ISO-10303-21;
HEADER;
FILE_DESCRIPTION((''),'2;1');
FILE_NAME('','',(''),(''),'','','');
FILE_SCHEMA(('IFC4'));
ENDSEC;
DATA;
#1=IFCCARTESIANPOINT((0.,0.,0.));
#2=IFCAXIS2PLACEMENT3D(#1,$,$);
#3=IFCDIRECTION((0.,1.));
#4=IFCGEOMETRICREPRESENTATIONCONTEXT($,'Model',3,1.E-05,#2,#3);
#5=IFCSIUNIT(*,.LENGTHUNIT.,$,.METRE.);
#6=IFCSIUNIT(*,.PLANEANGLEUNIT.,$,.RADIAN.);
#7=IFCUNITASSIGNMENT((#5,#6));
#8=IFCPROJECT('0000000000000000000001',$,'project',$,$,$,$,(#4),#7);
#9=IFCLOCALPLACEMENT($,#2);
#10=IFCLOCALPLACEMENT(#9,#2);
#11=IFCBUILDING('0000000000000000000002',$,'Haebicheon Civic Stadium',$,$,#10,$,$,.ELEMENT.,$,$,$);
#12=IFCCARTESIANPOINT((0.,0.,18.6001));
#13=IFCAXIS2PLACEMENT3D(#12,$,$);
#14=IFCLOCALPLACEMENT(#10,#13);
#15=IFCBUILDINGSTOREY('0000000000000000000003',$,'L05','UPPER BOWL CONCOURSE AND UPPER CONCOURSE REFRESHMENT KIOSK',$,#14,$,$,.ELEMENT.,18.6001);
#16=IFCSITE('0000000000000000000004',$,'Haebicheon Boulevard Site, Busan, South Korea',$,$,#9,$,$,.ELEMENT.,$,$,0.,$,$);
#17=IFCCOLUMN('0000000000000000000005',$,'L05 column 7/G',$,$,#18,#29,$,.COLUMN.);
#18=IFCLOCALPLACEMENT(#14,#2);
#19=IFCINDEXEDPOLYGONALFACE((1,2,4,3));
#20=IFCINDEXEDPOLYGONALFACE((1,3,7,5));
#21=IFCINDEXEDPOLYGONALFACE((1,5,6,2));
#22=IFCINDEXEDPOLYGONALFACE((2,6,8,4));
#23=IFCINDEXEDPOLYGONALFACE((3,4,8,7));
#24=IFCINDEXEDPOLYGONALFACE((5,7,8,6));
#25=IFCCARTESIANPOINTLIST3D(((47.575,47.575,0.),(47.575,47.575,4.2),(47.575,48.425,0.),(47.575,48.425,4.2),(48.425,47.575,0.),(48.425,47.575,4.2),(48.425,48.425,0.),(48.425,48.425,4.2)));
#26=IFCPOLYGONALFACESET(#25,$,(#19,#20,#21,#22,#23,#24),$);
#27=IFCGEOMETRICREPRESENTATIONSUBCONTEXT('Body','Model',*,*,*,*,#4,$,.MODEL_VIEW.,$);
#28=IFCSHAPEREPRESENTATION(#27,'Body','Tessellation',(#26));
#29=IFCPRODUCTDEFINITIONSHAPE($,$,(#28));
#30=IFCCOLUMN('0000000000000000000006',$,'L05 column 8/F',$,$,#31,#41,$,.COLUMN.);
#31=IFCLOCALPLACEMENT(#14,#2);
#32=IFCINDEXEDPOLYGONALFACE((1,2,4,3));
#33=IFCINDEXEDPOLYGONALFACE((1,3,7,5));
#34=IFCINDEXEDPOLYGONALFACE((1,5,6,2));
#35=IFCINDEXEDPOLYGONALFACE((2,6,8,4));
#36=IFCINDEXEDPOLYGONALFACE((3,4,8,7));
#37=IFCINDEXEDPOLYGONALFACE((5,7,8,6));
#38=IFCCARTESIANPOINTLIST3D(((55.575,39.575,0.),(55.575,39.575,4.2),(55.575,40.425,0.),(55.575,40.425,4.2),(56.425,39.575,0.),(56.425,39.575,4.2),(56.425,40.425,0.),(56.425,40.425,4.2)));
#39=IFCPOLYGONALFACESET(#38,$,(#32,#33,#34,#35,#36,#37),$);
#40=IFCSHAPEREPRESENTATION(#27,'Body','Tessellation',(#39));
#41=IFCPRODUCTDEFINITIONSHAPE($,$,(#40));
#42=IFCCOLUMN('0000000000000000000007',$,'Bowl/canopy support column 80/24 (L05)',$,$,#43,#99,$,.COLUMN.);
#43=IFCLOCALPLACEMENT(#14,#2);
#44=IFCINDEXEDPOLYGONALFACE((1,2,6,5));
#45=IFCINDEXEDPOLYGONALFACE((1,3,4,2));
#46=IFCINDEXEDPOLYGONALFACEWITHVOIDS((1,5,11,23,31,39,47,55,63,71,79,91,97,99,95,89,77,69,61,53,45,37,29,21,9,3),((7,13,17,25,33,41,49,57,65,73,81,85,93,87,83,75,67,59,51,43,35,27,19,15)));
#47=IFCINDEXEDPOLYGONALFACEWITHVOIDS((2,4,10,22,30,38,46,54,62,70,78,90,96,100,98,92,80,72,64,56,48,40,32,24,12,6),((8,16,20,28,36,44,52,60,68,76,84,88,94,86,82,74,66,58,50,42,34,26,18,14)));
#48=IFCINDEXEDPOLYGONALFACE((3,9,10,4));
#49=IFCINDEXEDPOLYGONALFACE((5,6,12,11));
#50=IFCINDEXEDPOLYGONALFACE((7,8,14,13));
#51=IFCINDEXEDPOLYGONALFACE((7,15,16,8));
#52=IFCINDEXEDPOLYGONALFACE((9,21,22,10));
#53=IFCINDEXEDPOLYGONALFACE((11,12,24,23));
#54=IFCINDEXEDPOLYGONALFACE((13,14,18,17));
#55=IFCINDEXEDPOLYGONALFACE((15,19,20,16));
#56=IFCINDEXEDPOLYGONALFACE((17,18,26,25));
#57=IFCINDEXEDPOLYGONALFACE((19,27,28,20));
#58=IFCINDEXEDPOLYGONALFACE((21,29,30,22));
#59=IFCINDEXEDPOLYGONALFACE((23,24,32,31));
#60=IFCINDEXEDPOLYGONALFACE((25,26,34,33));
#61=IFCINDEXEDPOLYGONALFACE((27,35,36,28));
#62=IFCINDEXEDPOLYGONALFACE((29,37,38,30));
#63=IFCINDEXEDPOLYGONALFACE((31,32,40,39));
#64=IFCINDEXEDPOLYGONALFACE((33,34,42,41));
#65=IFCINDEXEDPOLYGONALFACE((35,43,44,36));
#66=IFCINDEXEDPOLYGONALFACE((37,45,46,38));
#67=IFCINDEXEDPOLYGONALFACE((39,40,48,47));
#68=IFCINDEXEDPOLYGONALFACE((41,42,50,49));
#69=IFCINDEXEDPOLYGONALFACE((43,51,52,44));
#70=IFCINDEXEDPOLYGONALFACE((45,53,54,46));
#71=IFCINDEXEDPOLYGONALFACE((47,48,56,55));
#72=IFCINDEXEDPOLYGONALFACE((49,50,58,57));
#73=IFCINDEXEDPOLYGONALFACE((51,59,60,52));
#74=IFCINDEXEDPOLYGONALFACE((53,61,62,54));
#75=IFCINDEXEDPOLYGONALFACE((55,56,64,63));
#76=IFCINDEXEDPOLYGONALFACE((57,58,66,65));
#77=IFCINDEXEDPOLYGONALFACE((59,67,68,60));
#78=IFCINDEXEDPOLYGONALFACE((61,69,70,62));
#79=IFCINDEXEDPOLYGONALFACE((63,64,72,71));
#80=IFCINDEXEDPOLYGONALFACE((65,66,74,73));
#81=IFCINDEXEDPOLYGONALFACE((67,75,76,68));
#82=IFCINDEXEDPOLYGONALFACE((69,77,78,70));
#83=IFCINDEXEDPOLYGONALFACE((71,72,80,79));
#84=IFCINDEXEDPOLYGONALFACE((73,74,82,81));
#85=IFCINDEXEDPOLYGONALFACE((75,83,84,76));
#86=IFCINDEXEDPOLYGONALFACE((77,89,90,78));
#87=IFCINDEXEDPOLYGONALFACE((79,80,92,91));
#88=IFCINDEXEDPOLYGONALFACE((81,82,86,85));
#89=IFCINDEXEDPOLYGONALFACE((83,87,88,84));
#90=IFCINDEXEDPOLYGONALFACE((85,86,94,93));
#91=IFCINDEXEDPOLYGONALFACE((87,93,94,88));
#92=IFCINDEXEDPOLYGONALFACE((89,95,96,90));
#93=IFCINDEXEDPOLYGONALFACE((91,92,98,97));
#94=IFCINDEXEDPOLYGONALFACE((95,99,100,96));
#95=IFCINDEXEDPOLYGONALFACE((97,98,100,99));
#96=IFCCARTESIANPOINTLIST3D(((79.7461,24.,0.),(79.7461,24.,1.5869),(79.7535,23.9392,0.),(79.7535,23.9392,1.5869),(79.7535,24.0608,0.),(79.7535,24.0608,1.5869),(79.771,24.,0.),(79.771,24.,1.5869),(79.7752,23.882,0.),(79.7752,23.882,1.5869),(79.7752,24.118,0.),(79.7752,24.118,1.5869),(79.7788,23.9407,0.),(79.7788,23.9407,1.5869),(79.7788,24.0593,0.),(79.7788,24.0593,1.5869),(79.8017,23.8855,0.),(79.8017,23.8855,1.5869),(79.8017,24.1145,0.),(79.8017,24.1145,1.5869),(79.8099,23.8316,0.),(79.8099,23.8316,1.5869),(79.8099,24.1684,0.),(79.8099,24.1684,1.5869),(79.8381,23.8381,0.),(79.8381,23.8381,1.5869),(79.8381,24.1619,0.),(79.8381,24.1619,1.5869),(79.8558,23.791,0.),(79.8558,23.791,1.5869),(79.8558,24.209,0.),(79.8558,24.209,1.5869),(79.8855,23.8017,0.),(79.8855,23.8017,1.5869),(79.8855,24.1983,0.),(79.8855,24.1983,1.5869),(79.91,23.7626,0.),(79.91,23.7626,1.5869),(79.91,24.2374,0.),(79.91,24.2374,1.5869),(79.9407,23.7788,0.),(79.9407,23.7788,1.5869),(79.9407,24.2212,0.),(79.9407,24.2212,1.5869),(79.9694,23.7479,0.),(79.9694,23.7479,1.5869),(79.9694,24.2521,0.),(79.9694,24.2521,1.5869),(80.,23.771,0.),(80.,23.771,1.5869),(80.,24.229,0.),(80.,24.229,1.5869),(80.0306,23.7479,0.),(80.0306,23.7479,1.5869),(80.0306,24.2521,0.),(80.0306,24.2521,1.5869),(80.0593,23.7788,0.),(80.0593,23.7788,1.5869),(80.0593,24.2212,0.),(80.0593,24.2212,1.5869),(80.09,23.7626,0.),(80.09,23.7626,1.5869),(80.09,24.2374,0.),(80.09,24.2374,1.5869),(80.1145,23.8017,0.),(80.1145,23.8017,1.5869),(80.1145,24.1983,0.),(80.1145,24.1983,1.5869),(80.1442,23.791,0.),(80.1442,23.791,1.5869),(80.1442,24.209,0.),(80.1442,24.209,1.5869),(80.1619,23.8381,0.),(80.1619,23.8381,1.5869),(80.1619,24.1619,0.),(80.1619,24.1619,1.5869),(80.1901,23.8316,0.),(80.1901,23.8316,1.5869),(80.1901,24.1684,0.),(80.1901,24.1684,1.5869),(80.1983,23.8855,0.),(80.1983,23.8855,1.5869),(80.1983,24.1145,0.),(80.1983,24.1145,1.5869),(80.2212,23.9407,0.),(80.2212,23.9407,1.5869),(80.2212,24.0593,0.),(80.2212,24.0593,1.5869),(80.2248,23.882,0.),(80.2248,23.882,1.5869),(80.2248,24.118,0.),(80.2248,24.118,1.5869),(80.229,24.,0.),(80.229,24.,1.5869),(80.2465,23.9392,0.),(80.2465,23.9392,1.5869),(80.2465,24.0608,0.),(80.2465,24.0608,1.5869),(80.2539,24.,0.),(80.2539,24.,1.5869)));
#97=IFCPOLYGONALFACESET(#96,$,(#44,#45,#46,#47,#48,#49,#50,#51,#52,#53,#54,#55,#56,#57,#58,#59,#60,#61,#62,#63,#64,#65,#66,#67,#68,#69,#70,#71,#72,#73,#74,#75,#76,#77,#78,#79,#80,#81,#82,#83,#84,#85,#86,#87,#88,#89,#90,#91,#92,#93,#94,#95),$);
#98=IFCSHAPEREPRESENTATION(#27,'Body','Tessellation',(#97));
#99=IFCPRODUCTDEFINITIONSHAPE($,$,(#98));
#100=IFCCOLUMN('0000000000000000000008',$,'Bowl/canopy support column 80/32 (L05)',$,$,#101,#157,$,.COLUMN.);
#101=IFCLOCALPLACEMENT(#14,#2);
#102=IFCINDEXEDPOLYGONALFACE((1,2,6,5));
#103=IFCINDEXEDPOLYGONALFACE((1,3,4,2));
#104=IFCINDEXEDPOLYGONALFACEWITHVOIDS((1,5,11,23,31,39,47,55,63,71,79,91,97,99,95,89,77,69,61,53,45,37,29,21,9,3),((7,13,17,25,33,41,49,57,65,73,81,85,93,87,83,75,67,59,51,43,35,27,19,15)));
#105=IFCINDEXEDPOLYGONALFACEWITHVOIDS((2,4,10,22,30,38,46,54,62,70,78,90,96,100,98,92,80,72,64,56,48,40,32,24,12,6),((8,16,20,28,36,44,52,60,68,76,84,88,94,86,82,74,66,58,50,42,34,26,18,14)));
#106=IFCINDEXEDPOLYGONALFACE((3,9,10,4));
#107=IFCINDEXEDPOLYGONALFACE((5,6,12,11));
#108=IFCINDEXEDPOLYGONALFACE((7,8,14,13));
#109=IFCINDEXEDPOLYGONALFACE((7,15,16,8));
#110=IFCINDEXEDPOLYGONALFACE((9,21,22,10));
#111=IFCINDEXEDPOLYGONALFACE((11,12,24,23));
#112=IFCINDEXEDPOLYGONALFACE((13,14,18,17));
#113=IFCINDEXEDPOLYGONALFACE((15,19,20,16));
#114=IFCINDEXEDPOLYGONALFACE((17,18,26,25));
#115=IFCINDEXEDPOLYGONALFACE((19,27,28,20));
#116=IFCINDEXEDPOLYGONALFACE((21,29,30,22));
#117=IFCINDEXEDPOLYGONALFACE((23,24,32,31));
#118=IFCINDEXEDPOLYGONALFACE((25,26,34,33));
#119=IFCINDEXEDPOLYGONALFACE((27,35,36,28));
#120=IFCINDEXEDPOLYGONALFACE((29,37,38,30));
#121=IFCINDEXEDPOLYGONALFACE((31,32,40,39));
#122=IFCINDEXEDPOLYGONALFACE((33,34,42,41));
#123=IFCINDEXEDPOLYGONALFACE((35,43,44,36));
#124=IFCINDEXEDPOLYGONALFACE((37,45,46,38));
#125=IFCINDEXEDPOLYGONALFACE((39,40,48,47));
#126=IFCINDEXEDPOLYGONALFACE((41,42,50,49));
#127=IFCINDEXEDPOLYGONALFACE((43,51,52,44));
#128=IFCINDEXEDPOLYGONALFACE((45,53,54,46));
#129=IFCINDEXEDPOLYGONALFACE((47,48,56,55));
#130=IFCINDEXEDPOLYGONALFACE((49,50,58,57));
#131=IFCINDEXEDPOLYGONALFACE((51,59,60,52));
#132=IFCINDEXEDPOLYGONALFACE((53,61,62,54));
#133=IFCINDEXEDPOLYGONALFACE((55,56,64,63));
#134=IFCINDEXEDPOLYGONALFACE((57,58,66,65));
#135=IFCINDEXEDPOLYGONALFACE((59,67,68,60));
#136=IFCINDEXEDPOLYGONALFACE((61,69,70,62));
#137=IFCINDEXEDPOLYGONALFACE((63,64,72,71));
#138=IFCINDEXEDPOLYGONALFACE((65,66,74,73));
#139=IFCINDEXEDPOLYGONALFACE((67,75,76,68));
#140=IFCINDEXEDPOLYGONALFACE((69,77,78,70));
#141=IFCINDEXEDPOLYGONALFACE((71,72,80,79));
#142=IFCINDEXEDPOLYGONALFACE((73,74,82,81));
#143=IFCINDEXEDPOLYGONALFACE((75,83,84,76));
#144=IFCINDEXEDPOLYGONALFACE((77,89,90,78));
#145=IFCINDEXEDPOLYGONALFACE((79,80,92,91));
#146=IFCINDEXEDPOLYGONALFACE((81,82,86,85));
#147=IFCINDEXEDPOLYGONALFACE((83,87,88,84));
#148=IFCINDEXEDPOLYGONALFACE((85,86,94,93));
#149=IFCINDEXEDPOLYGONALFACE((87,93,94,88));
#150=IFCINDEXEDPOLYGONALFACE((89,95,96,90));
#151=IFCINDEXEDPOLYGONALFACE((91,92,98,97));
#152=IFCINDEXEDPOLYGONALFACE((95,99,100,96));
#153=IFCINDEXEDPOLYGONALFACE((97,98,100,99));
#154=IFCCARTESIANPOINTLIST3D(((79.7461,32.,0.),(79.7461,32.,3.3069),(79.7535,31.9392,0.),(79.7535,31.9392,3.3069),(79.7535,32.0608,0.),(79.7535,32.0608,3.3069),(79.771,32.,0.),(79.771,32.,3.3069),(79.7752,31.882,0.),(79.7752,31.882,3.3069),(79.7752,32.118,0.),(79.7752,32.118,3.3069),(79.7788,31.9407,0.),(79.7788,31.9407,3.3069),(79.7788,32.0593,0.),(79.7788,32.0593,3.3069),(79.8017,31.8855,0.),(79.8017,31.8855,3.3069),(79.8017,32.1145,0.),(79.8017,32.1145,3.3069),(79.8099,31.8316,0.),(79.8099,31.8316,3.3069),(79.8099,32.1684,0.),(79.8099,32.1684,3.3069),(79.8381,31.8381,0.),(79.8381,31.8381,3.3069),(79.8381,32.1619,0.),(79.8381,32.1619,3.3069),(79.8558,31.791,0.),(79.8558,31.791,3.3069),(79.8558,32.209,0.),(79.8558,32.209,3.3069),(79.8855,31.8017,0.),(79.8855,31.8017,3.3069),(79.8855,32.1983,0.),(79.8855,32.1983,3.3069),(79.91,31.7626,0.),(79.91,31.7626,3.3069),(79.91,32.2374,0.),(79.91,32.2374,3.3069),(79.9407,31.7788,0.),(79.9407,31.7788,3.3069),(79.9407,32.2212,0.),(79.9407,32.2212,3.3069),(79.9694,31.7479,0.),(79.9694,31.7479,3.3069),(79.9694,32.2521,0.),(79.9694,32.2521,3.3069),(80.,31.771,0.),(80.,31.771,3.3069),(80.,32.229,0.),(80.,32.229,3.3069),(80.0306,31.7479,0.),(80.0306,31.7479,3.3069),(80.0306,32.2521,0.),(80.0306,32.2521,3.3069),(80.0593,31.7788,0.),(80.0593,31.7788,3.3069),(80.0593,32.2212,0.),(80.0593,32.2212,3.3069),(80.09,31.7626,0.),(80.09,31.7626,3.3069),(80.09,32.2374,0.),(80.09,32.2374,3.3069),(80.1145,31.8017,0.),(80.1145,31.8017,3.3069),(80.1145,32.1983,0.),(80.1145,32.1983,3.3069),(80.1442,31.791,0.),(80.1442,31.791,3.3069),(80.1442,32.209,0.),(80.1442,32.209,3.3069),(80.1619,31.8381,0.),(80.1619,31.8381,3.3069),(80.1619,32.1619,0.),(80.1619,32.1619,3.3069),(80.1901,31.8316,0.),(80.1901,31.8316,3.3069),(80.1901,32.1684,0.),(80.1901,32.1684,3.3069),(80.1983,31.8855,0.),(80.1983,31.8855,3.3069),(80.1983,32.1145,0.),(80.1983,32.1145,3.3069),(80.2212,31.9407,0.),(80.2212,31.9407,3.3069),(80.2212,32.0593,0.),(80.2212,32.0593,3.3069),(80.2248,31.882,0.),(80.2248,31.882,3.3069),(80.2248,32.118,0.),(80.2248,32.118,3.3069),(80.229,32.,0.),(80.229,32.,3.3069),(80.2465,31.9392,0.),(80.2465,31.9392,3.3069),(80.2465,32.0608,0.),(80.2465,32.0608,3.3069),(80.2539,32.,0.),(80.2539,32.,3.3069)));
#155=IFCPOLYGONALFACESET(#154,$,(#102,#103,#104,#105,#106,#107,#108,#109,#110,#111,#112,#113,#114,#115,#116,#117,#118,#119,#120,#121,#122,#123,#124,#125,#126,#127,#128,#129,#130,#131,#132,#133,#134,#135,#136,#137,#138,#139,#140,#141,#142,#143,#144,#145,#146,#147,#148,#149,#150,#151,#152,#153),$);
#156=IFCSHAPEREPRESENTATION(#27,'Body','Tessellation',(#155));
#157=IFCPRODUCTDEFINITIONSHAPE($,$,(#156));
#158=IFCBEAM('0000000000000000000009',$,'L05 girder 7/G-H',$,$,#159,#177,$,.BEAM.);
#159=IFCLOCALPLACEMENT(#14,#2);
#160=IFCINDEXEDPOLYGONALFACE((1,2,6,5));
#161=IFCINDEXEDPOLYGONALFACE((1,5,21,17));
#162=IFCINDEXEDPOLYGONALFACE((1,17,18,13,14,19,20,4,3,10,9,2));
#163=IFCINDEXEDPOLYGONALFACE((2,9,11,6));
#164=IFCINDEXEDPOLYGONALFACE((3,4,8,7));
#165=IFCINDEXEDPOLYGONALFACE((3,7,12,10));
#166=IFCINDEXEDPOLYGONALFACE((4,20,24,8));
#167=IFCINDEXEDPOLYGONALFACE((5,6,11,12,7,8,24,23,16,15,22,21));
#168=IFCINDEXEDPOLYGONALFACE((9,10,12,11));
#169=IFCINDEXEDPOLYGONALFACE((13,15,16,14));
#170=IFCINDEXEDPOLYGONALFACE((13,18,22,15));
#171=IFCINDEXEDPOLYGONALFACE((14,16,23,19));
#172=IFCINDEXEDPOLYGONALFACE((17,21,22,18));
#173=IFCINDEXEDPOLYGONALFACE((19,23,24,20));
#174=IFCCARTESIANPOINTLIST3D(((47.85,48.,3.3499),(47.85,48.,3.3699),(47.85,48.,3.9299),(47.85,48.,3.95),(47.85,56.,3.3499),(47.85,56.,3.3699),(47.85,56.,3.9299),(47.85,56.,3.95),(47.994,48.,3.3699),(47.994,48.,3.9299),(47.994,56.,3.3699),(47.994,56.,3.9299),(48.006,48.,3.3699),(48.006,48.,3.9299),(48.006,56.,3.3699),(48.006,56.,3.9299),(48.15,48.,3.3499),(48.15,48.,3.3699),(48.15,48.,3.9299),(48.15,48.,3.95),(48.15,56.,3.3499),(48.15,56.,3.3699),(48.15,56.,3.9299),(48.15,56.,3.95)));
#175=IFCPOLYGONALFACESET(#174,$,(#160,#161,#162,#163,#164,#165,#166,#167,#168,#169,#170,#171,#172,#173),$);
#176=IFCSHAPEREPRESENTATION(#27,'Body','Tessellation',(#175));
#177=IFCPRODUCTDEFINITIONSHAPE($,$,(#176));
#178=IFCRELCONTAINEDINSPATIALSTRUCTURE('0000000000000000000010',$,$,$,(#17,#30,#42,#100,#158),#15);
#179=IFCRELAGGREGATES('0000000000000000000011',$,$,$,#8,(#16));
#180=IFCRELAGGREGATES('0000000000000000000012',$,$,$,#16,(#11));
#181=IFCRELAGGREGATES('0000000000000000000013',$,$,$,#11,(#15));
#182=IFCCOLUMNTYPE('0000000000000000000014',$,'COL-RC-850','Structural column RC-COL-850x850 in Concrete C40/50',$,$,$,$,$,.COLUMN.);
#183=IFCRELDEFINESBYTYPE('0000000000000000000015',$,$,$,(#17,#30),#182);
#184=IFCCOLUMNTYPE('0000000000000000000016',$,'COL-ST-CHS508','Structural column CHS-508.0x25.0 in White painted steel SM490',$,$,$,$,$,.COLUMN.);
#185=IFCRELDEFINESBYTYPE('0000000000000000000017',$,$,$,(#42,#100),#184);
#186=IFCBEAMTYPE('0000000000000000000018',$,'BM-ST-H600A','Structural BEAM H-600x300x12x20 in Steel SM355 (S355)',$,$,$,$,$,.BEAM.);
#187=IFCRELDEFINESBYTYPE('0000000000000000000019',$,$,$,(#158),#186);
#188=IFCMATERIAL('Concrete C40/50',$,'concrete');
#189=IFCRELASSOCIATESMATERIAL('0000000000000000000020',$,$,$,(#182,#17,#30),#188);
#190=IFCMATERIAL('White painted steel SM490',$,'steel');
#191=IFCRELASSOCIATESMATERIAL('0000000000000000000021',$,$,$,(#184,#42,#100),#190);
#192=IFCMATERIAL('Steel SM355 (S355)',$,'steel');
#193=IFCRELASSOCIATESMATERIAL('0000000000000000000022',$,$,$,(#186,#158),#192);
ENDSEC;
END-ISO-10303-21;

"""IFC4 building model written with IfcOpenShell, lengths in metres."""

from ifc_helpers import new_model, si_unit, direction, frame, origin, origin_2d, place, context, subcontext, project, spatial, rectangle, hollow_circle, i_section, extrude, material, material_profile, profile_set, type_object, element, save


model = new_model("IFC4")

# Units and contexts
model_context = context("Model", 3, precision=1e-05, world=origin(), true_north=direction((0.0, 1.0)))
body_context = subcontext(model_context, "Body", "Model", "MODEL_VIEW")
ifc_project = project(units=[si_unit("LENGTHUNIT", "METRE"), si_unit("PLANEANGLEUNIT", "RADIAN")], contexts=[model_context])

# Site, building, storey
site_placement = place(None, origin())
site = spatial("IfcSite", under=ifc_project, at=site_placement, Name="Haebicheon Boulevard Site, Busan, South Korea", CompositionType="ELEMENT", RefElevation=0.0)
building_placement = place(site_placement, origin())
building = spatial("IfcBuilding", under=site, at=building_placement, Name="Haebicheon Civic Stadium", CompositionType="ELEMENT")
storey_placement = place(building_placement, frame((0.0, 0.0, 18.6001)))
storey = spatial("IfcBuildingStorey", under=building, at=storey_placement, Name="L05", Description="UPPER BOWL CONCOURSE AND UPPER CONCOURSE REFRESHMENT KIOSK", CompositionType="ELEMENT", Elevation=18.6001)

# Columns
ifc_material_1 = material(Name="Concrete C40/50", Category="concrete")
ifc_material_profile_1 = material_profile(ifc_material_1, rectangle(XDim=0.8501, YDim=0.8501, at=origin_2d()), Name="RC-COL-850x850")
ifc_profile_set_1 = profile_set([ifc_material_profile_1], Name="Concrete C40/50")
column_type_1 = type_object("IfcColumnType", Name="COL-RC-850", Description="Structural column RC-COL-850x850 in Concrete C40/50", PredefinedType="COLUMN", material=ifc_profile_set_1)
for number, where, z_axis, x_axis, name in (
    (1, (48.0, 48.0, 0.0), (0.0, 0.0, 1.0), (1.0, 0.0, 0.0), "L05 column 7/G"),
    (2, (56.0, 40.0, 0.0), (0.0, 0.0, 1.0), (1.0, 0.0, 0.0), "L05 column 8/F"),
):
    element("IfcColumn", number, at=place(storey_placement, frame(where, z_axis=z_axis, x_axis=x_axis)), inside=storey, type_object=column_type_1, material=ifc_profile_set_1, Name=name, PredefinedType="COLUMN", context=body_context, shape_type="SweptSolid", body=[
        extrude(rectangle(XDim=0.8501, YDim=0.8501, at=origin_2d()), origin(), (0.0, 0.0, 1.0), 4.2),
    ])
ifc_material_2 = material(Name="White painted steel SM490", Category="steel")
ifc_material_profile_2 = material_profile(ifc_material_2, hollow_circle(Radius=0.2539, WallThickness=0.0249, at=origin_2d()), Name="CHS-508.0x25.0")
ifc_profile_set_2 = profile_set([ifc_material_profile_2], Name="White painted steel SM490")
column_type_2 = type_object("IfcColumnType", Name="COL-ST-CHS508", Description="Structural column CHS-508.0x25.0 in White painted steel SM490", PredefinedType="COLUMN", material=ifc_profile_set_2)
column_1_placement = place(storey_placement, frame((80.0, 24.0, 0.0), z_axis=(0.0, 0.0, 1.0), x_axis=(1.0, 0.0, 0.0)))
element("IfcColumn", 3, at=column_1_placement, inside=storey, type_object=column_type_2, material=ifc_profile_set_2, Name="Bowl/canopy support column 80/24 (L05)", PredefinedType="COLUMN", context=body_context, shape_type="SweptSolid", body=[
    extrude(hollow_circle(Radius=0.2539, WallThickness=0.0249, at=origin_2d()), origin(), (0.0, 0.0, 1.0), 1.5869),
])
column_2_placement = place(storey_placement, frame((80.0, 32.0, 0.0), z_axis=(0.0, 0.0, 1.0), x_axis=(1.0, 0.0, 0.0)))
element("IfcColumn", 4, at=column_2_placement, inside=storey, type_object=column_type_2, material=ifc_profile_set_2, Name="Bowl/canopy support column 80/32 (L05)", PredefinedType="COLUMN", context=body_context, shape_type="SweptSolid", body=[
    extrude(hollow_circle(Radius=0.2539, WallThickness=0.0249, at=origin_2d()), origin(), (0.0, 0.0, 1.0), 3.3069),
])

# Beam
ifc_material_3 = material(Name="Steel SM355 (S355)", Category="steel")
ifc_material_profile_3 = material_profile(ifc_material_3, i_section(OverallWidth=0.3, OverallDepth=0.6001, WebThickness=0.012, FlangeThickness=0.02, at=origin_2d()), Name="H-600x300x12x20")
ifc_profile_set_3 = profile_set([ifc_material_profile_3], Name="Steel SM355 (S355)")
beam_type_1 = type_object("IfcBeamType", Name="BM-ST-H600A", Description="Structural BEAM H-600x300x12x20 in Steel SM355 (S355)", PredefinedType="BEAM", material=ifc_profile_set_3)
beam_1_placement = place(storey_placement, frame((48.0, 48.0, 3.6499), z_axis=(0.0, 1.0, 0.0), x_axis=(-1.0, 0.0, 0.0)))
element("IfcBeam", 5, at=beam_1_placement, inside=storey, type_object=beam_type_1, material=ifc_profile_set_3, Name="L05 girder 7/G-H", PredefinedType="BEAM", context=body_context, shape_type="SweptSolid", body=[
    extrude(i_section(OverallWidth=0.3, OverallDepth=0.6001, WebThickness=0.012, FlangeThickness=0.02, at=origin_2d()), origin(), (0.0, 0.0, 1.0), 8.0),
])

save(model, "model.ifc")
